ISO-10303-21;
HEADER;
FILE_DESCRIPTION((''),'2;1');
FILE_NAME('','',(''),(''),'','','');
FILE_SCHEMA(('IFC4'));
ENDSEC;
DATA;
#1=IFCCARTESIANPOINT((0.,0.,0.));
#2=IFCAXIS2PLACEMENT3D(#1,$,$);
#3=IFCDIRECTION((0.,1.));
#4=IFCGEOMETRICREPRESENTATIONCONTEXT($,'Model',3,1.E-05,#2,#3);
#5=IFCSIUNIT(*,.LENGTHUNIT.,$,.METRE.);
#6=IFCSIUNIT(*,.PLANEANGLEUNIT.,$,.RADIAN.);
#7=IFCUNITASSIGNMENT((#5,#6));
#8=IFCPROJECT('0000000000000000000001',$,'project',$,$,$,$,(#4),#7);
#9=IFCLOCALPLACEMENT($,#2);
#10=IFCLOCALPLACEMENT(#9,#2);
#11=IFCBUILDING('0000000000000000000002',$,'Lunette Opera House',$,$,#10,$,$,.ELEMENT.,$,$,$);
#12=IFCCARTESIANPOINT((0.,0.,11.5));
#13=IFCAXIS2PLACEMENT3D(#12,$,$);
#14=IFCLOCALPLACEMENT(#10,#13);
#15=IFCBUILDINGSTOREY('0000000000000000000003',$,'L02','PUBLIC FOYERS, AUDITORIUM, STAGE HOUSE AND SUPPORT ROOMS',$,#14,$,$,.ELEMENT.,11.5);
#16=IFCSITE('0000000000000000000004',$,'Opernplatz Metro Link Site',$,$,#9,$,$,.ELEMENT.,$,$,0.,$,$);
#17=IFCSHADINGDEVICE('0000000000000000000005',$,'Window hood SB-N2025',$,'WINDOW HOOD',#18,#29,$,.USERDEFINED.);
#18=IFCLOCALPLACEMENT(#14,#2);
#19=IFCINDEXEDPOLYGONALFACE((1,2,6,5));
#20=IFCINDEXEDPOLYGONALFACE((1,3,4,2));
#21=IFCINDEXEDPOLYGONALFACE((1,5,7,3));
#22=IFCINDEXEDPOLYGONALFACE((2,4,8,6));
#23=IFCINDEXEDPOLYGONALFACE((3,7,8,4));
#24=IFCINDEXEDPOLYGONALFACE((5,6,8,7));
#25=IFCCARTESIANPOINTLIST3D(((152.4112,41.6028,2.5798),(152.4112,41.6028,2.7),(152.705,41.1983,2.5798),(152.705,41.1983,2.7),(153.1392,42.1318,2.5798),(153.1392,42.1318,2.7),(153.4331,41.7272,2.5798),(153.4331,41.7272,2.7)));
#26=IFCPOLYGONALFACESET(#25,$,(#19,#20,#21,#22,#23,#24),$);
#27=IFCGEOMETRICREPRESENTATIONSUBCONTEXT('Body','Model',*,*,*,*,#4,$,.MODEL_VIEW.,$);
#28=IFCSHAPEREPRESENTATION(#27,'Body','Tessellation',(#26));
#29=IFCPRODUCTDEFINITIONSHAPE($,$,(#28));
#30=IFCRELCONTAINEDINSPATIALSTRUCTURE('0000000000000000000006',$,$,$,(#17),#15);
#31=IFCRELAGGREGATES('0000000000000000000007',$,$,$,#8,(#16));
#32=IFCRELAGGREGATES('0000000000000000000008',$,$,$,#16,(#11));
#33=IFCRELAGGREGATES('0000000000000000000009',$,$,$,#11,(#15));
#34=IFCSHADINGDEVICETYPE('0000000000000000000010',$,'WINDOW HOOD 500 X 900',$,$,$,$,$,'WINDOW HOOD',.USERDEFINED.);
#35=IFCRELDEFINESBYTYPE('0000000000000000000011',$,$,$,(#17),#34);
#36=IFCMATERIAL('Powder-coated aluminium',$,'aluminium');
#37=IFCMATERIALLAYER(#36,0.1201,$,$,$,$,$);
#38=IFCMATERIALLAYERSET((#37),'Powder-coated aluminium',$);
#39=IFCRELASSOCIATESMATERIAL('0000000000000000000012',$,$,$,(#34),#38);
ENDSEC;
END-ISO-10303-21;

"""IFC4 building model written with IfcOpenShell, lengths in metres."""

from ifc_helpers import new_model, si_unit, direction, frame, origin, origin_2d, place, context, subcontext, project, spatial, rectangle, extrude, material, layer, layer_set, type_object, element, save


model = new_model("IFC4")

# Units and contexts
model_context = context("Model", 3, precision=1e-05, world=origin(), true_north=direction((0.0, 1.0)))
body_context = subcontext(model_context, "Body", "Model", "MODEL_VIEW")
ifc_project = project(units=[si_unit("LENGTHUNIT", "METRE"), si_unit("PLANEANGLEUNIT", "RADIAN")], contexts=[model_context])

# Site, building, storey
site_placement = place(None, origin())
site = spatial("IfcSite", under=ifc_project, at=site_placement, Name="Opernplatz Metro Link Site", CompositionType="ELEMENT", RefElevation=0.0)
building_placement = place(site_placement, origin())
building = spatial("IfcBuilding", under=site, at=building_placement, Name="Lunette Opera House", CompositionType="ELEMENT")
storey_placement = place(building_placement, frame((0.0, 0.0, 11.5)))
storey = spatial("IfcBuildingStorey", under=building, at=storey_placement, Name="L02", Description="PUBLIC FOYERS, AUDITORIUM, STAGE HOUSE AND SUPPORT ROOMS", CompositionType="ELEMENT", Elevation=11.5)

# Shading device
ifc_material_1 = material(Name="Powder-coated aluminium", Category="aluminium")
ifc_layer_1 = layer(ifc_material_1, 0.1201)
ifc_layer_set_1 = layer_set([ifc_layer_1], Name="Powder-coated aluminium")
shading_device_type = type_object("IfcShadingDeviceType", Name="WINDOW HOOD 500 X 900", ElementType="WINDOW HOOD", PredefinedType="USERDEFINED", material=ifc_layer_set_1)
shading_device_placement = place(storey_placement, frame((152.9221, 41.665, 2.5798), z_axis=(0.0, 0.0, 1.0), x_axis=(-0.587744, 0.809047, 0.0)))
element("IfcShadingDevice", 1, at=shading_device_placement, inside=storey, type_object=shading_device_type, Name="Window hood SB-N2025", ObjectType="WINDOW HOOD", PredefinedType="USERDEFINED", context=body_context, shape_type="SweptSolid", body=[
    extrude(rectangle(XDim=0.5, YDim=0.8999, at=origin_2d()), origin(), (0.0, 0.0, 1.0), 0.1201),
])

save(model, "model.ifc")
